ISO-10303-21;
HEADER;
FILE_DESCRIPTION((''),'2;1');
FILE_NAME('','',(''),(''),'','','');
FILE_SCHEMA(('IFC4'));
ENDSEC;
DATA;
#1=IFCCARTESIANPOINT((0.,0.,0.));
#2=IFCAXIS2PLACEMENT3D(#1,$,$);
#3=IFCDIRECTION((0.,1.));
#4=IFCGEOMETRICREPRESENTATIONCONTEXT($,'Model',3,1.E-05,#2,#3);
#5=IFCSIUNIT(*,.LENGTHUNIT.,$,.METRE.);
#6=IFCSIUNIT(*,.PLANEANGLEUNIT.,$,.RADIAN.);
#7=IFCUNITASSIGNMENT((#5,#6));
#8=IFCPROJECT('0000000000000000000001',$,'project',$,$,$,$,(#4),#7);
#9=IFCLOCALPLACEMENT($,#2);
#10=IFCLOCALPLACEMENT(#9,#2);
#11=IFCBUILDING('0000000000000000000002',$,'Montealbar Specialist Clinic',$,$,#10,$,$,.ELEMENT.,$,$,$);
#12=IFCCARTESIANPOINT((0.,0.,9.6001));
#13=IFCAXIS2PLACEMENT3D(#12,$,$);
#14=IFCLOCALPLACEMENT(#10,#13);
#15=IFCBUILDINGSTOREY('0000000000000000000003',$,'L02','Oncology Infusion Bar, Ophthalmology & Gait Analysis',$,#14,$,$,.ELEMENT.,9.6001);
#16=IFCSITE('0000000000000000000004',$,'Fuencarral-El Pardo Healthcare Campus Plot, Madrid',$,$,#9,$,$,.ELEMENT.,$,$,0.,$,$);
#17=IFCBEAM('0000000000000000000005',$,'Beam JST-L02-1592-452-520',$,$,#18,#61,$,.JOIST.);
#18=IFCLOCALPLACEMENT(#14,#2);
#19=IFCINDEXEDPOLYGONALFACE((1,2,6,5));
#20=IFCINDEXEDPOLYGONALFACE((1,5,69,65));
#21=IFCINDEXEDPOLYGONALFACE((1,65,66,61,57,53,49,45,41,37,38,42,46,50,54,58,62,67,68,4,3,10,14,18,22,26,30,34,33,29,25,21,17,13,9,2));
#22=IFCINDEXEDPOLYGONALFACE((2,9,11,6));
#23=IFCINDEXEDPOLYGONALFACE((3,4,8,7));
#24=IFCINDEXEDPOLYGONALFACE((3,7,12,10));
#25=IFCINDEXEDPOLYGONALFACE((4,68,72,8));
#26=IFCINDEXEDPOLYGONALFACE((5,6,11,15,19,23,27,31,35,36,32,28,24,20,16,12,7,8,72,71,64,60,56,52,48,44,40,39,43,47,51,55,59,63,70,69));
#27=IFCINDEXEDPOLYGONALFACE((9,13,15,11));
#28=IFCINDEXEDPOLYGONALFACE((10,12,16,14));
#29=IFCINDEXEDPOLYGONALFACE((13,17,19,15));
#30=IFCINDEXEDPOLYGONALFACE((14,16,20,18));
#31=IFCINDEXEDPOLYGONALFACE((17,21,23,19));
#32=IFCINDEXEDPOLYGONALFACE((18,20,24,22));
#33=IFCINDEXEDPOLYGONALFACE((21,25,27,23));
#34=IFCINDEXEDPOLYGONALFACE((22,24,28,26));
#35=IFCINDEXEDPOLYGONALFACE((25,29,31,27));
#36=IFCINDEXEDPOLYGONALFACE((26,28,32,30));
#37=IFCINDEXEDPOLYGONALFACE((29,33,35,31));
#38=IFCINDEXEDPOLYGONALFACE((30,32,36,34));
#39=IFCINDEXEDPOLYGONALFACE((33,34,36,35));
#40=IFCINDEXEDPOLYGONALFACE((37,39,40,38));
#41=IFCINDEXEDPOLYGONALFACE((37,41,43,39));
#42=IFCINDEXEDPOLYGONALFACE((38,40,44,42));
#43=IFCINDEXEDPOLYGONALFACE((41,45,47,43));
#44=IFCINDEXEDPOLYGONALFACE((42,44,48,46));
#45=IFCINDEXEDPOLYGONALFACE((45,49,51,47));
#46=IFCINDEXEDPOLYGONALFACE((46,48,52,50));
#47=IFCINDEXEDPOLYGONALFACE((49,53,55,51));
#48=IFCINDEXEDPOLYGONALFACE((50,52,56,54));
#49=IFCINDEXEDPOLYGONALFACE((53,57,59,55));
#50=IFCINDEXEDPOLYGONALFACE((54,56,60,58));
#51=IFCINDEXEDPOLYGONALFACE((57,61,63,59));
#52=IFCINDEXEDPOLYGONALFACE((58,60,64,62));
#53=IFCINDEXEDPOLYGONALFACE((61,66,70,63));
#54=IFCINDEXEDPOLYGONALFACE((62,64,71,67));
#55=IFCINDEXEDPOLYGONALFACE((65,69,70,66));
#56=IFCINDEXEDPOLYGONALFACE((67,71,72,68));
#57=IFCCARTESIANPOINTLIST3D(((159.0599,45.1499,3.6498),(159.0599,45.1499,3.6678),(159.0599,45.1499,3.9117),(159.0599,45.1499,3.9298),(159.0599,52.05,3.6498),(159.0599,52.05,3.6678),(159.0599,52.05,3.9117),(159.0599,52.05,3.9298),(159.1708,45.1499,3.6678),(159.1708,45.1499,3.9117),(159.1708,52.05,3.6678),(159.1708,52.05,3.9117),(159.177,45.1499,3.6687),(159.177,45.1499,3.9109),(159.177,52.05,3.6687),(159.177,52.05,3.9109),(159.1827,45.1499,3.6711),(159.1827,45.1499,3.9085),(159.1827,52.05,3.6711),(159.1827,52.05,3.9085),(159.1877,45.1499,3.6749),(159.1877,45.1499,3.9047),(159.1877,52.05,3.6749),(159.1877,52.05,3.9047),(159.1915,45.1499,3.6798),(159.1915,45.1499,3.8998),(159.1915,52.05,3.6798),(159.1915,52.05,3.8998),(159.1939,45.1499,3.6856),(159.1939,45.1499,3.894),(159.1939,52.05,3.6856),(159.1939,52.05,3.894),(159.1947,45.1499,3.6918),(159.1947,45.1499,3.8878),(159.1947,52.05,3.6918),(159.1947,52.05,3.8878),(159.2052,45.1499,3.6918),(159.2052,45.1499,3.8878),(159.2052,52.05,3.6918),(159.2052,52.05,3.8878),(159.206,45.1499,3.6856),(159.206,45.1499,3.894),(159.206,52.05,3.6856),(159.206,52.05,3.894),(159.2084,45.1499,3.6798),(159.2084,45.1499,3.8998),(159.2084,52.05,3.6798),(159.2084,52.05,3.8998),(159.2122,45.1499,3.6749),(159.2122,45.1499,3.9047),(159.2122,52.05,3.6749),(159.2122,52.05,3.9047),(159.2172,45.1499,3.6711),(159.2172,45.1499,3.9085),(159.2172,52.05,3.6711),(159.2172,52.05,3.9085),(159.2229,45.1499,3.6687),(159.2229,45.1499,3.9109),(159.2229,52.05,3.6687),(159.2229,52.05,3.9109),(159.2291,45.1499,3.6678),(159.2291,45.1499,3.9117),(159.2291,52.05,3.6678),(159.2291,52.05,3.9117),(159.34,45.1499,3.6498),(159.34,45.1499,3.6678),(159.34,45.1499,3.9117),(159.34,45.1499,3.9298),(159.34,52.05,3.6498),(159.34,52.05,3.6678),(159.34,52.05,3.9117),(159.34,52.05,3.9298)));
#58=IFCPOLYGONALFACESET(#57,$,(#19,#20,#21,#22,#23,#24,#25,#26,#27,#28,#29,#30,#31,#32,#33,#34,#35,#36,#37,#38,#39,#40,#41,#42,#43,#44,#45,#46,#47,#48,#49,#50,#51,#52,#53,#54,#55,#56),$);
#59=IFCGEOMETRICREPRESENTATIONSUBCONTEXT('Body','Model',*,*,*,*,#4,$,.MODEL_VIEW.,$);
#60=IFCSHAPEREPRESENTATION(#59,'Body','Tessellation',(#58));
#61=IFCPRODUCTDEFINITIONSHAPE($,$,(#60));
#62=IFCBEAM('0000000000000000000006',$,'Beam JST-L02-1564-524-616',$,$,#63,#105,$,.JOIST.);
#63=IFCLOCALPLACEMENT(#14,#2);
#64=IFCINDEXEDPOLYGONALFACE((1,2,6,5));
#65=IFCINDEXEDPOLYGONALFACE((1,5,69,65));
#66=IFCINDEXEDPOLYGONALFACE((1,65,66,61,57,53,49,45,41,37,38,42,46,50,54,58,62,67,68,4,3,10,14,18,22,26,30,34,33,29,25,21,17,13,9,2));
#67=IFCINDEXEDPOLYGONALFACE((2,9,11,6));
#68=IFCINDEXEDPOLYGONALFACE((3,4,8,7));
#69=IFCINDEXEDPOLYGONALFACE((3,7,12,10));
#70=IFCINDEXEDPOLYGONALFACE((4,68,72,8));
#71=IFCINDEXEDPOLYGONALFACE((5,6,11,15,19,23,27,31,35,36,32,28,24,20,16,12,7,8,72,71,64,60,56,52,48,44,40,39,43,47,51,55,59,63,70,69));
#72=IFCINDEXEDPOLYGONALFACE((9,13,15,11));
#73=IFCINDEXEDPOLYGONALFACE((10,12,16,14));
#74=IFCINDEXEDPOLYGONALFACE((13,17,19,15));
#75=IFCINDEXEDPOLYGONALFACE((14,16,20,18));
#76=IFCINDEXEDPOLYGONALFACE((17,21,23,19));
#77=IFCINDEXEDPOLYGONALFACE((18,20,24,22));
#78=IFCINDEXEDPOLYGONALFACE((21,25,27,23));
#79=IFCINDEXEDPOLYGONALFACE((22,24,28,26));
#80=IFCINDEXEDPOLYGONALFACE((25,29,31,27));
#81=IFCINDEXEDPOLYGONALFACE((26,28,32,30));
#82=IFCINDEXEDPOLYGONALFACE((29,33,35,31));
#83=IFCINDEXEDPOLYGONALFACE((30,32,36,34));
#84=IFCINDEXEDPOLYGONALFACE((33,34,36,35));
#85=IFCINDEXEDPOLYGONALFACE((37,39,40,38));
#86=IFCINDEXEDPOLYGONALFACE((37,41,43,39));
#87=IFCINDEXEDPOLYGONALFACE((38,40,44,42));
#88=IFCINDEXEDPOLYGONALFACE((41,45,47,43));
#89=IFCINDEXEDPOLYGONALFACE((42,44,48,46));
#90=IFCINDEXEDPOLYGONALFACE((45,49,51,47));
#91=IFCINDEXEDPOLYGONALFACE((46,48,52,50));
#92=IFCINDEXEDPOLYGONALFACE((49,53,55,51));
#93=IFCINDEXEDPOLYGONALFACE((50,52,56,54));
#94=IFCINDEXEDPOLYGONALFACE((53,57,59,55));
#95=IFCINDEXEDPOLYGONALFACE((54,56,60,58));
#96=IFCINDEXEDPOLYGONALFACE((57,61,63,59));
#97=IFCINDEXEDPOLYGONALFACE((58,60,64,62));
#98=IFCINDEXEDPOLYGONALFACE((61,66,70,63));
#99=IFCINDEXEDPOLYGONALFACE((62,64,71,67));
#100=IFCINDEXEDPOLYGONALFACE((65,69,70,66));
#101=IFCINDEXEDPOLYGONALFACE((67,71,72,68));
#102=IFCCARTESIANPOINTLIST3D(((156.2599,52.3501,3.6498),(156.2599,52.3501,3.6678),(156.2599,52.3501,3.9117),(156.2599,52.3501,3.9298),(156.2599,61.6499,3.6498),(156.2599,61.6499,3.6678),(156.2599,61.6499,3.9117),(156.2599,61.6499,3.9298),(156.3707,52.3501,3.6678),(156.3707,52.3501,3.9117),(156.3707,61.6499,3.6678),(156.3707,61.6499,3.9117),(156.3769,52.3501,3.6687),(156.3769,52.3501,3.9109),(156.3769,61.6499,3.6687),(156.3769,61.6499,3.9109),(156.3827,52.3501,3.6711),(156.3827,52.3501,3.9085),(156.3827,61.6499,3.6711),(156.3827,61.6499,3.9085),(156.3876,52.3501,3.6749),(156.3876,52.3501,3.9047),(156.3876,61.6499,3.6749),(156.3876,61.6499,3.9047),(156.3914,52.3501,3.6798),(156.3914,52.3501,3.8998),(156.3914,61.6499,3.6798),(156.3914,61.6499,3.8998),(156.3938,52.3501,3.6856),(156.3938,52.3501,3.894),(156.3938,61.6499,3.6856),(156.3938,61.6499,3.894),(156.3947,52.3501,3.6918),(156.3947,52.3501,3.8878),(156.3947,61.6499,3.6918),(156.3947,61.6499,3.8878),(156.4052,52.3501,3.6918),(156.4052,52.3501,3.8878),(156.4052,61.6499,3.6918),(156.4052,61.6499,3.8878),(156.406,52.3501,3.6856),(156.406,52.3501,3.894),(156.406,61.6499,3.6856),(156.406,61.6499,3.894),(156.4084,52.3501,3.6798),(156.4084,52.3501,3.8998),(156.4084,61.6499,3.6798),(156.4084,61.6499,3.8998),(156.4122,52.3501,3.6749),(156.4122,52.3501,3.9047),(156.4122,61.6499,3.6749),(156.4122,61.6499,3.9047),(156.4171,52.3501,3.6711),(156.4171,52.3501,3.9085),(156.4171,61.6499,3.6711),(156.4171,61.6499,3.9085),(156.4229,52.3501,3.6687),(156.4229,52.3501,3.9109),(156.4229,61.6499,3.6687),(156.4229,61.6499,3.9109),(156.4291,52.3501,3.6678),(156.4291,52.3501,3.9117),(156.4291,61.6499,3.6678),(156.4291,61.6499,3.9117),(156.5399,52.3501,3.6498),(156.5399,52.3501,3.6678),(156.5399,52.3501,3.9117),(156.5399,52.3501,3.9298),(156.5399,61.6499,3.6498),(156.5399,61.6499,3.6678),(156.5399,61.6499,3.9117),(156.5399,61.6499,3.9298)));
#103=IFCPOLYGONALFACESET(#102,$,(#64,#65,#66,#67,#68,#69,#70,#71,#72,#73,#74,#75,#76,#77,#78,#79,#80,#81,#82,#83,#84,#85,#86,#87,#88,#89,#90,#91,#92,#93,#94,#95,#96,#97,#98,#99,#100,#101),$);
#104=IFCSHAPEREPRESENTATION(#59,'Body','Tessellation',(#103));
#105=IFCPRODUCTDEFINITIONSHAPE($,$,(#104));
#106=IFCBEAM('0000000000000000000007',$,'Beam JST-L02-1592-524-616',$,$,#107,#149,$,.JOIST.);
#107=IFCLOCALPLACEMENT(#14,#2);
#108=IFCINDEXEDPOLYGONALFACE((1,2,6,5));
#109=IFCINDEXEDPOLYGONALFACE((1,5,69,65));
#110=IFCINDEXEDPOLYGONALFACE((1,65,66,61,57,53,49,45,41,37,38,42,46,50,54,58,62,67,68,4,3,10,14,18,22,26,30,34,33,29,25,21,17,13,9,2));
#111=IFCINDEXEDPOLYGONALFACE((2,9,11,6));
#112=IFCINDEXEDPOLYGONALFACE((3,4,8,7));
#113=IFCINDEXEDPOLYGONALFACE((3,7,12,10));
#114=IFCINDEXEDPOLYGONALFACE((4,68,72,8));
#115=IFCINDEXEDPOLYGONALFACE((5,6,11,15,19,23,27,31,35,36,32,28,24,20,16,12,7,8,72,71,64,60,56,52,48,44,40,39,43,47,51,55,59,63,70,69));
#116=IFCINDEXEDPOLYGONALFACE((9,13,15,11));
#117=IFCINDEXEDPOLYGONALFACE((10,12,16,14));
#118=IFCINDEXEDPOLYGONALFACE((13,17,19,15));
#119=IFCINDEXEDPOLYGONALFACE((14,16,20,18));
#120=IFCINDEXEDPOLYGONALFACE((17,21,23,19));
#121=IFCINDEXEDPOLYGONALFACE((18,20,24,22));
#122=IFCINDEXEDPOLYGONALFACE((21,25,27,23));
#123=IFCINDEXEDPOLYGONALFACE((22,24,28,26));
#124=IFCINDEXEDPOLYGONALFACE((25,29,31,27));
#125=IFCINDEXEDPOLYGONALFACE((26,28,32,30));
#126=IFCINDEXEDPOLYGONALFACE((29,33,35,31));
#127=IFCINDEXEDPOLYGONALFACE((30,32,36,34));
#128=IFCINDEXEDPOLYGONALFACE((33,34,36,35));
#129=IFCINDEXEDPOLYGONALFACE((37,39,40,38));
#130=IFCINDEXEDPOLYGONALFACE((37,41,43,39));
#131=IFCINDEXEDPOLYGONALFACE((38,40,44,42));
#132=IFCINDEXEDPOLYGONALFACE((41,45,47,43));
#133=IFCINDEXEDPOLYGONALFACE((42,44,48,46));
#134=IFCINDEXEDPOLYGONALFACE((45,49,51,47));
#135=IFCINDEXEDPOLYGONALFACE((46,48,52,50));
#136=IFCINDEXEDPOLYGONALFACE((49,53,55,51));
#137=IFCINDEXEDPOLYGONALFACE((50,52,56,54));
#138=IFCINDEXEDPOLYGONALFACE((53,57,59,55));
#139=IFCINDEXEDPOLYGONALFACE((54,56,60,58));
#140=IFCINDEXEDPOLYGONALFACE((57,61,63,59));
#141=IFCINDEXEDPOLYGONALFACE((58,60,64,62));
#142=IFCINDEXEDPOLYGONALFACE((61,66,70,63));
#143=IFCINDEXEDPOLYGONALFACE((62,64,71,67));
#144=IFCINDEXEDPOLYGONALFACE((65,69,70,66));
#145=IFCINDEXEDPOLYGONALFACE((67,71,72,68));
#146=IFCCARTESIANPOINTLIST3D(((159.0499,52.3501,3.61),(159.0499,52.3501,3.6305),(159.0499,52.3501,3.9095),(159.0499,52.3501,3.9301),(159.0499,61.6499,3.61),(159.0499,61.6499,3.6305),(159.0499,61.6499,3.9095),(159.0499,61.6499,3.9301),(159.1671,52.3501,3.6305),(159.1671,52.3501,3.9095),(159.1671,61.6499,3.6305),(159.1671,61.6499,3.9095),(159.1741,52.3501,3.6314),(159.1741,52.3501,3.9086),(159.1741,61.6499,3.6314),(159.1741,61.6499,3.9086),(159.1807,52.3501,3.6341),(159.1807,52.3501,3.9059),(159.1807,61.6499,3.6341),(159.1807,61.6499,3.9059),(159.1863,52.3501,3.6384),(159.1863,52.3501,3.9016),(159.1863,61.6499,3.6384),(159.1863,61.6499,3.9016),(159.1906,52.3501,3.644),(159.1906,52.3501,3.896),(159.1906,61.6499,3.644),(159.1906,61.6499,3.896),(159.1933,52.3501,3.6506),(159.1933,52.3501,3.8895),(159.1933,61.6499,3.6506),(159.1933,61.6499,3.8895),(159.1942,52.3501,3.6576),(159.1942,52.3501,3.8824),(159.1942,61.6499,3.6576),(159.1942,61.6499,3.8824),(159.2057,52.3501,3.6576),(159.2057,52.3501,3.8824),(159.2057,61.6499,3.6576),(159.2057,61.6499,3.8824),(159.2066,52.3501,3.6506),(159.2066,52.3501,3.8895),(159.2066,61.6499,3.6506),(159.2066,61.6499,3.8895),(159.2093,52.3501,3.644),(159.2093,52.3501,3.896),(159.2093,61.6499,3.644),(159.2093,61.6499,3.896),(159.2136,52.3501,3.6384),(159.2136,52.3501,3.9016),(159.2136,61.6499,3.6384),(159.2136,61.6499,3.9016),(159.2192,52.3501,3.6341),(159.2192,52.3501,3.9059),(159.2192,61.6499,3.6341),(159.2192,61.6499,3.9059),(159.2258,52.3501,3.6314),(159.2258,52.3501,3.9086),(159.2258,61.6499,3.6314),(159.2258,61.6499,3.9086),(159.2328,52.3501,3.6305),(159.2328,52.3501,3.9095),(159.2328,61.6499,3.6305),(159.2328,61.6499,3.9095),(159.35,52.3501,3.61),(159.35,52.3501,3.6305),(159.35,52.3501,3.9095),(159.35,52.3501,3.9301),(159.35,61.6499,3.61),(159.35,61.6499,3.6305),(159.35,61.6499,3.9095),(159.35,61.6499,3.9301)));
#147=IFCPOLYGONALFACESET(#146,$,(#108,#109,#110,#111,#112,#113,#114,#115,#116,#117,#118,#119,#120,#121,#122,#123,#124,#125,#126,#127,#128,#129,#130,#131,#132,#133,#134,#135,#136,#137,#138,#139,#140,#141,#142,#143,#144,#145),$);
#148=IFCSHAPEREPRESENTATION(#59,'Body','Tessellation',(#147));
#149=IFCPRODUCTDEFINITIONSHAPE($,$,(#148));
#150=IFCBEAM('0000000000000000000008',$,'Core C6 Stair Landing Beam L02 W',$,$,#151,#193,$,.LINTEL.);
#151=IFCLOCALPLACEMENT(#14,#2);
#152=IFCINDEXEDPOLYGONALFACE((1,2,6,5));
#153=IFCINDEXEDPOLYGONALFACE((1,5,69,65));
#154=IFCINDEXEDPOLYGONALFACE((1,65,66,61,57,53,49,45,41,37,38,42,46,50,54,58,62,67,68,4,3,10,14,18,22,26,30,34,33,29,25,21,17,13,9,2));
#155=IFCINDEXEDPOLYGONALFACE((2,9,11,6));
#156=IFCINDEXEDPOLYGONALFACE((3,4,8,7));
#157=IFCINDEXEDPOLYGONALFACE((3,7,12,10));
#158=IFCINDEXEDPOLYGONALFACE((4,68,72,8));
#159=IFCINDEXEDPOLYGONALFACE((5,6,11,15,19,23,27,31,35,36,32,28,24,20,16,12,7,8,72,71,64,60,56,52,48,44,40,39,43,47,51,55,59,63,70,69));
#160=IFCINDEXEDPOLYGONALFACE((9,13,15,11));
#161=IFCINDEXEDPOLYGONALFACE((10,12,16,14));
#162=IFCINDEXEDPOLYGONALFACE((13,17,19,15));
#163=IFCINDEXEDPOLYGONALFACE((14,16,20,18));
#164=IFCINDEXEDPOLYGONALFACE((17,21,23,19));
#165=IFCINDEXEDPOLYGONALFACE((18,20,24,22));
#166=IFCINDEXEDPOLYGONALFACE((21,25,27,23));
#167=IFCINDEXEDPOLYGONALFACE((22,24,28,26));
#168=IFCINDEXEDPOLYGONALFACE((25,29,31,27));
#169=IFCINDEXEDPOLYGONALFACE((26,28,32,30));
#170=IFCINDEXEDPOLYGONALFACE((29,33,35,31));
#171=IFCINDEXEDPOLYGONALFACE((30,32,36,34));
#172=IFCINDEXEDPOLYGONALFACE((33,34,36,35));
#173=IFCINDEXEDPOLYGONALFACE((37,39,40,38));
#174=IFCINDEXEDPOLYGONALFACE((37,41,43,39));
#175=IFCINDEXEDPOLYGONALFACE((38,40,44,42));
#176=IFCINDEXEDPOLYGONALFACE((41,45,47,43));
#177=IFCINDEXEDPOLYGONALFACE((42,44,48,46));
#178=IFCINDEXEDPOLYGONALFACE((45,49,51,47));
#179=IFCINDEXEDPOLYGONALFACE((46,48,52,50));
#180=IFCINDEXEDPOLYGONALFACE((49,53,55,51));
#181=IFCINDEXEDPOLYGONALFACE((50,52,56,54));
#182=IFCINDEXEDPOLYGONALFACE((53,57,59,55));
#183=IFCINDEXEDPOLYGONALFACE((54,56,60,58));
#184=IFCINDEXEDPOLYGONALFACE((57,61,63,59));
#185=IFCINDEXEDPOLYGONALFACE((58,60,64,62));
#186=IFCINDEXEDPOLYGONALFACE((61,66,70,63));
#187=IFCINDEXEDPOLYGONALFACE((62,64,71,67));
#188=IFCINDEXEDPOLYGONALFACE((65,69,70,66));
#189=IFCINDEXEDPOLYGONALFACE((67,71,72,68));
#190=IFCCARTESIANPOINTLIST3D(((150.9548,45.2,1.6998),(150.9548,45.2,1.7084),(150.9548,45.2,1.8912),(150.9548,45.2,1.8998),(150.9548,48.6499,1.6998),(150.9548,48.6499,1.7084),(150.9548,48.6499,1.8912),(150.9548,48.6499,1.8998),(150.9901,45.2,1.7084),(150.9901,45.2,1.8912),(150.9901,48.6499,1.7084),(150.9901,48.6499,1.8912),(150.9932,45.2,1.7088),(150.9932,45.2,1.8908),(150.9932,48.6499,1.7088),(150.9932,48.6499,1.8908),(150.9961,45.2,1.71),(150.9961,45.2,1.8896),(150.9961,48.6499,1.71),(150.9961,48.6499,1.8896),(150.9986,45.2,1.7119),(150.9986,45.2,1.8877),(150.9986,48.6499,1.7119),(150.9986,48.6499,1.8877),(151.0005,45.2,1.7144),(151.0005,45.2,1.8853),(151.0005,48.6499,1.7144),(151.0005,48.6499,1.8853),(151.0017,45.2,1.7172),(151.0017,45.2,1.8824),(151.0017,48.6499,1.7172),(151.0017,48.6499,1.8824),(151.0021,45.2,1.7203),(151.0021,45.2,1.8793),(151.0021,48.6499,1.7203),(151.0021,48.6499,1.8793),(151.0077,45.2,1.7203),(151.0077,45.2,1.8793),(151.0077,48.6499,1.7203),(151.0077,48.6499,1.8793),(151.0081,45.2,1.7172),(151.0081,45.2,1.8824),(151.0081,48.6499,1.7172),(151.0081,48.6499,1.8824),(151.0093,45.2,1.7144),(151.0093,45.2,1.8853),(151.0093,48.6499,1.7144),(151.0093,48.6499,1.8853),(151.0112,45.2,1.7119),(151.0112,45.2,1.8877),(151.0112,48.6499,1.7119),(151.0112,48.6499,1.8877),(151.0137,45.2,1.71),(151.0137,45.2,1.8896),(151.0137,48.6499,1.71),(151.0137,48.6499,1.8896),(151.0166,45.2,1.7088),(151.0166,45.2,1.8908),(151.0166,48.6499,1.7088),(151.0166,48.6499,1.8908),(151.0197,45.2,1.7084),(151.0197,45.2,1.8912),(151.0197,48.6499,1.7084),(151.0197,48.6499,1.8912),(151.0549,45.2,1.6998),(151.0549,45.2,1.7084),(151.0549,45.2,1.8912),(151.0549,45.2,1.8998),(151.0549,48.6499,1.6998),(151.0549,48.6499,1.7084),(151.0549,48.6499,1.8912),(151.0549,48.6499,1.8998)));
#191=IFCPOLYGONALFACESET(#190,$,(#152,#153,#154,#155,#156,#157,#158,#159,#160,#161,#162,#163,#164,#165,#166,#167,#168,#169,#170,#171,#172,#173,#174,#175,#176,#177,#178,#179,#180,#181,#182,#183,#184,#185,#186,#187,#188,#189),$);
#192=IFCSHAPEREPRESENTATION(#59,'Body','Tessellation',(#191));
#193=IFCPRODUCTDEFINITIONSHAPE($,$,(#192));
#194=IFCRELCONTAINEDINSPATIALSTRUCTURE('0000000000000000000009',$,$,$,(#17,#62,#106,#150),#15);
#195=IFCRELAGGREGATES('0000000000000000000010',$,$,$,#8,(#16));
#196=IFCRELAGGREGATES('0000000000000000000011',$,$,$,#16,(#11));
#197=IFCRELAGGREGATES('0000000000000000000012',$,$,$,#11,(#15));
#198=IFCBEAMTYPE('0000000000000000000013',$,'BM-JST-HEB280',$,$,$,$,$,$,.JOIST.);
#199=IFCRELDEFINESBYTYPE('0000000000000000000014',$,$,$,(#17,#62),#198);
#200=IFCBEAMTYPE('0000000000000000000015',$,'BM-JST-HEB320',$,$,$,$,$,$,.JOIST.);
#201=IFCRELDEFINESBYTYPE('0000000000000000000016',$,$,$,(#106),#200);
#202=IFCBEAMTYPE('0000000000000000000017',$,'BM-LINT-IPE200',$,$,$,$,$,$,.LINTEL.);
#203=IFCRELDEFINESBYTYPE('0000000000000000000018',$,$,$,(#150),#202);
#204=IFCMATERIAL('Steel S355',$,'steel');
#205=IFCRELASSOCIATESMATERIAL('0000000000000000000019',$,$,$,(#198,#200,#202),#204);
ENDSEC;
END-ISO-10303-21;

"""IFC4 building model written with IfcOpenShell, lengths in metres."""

from ifc_helpers import new_model, si_unit, direction, frame, origin, origin_2d, place, context, subcontext, project, spatial, i_section, extrude, material, material_profile, profile_set, type_object, element, save


model = new_model("IFC4")

# Units and contexts
model_context = context("Model", 3, precision=1e-05, world=origin(), true_north=direction((0.0, 1.0)))
body_context = subcontext(model_context, "Body", "Model", "MODEL_VIEW")
ifc_project = project(units=[si_unit("LENGTHUNIT", "METRE"), si_unit("PLANEANGLEUNIT", "RADIAN")], contexts=[model_context])

# Site, building, storey
site_placement = place(None, origin())
site = spatial("IfcSite", under=ifc_project, at=site_placement, Name="Fuencarral-El Pardo Healthcare Campus Plot, Madrid", CompositionType="ELEMENT", RefElevation=0.0)
building_placement = place(site_placement, origin())
building = spatial("IfcBuilding", under=site, at=building_placement, Name="Montealbar Specialist Clinic", CompositionType="ELEMENT")
storey_placement = place(building_placement, frame((0.0, 0.0, 9.6001)))
storey = spatial("IfcBuildingStorey", under=building, at=storey_placement, Name="L02", Description="Oncology Infusion Bar, Ophthalmology & Gait Analysis", CompositionType="ELEMENT", Elevation=9.6001)

# Shared definitions
ifc_material_1 = material(Name="Steel S355", Category="steel")

# Beams
ifc_material_profile_1 = material_profile(ifc_material_1, i_section(OverallWidth=0.28, OverallDepth=0.28, WebThickness=0.0105, FlangeThickness=0.0181, FilletRadius=0.0239, at=origin_2d()), Name="HEB 280", Category="steel")
ifc_profile_set_1 = profile_set([ifc_material_profile_1], Name="Steel S355")
beam_type_1 = type_object("IfcBeamType", Name="BM-JST-HEB280", PredefinedType="JOIST", material=ifc_profile_set_1)
beam_1_placement = place(storey_placement, frame((159.2, 45.1499, 3.7898), z_axis=(0.0, 1.0, 0.0), x_axis=(-1.0, 0.0, 0.0)))
element("IfcBeam", 1, at=beam_1_placement, inside=storey, type_object=beam_type_1, Name="Beam JST-L02-1592-452-520", PredefinedType="JOIST", context=body_context, shape_type="SweptSolid", body=[
    extrude(i_section(OverallWidth=0.28, OverallDepth=0.28, WebThickness=0.0105, FlangeThickness=0.0181, FilletRadius=0.0239, at=origin_2d()), origin(), (0.0, 0.0, 1.0), 6.9001),
])
beam_2_placement = place(storey_placement, frame((156.3999, 52.3501, 3.7898), z_axis=(0.0, 1.0, 0.0), x_axis=(-1.0, 0.0, 0.0)))
element("IfcBeam", 2, at=beam_2_placement, inside=storey, type_object=beam_type_1, Name="Beam JST-L02-1564-524-616", PredefinedType="JOIST", context=body_context, shape_type="SweptSolid", body=[
    extrude(i_section(OverallWidth=0.28, OverallDepth=0.28, WebThickness=0.0105, FlangeThickness=0.0181, FilletRadius=0.0239, at=origin_2d()), origin(), (0.0, 0.0, 1.0), 9.2998),
])
ifc_material_profile_2 = material_profile(ifc_material_1, i_section(OverallWidth=0.3, OverallDepth=0.3201, WebThickness=0.0115, FlangeThickness=0.0205, FilletRadius=0.0271, at=origin_2d()), Name="HEB 320", Category="steel")
ifc_profile_set_2 = profile_set([ifc_material_profile_2], Name="Steel S355")
beam_type_2 = type_object("IfcBeamType", Name="BM-JST-HEB320", PredefinedType="JOIST", material=ifc_profile_set_2)
beam_3_placement = place(storey_placement, frame((159.2, 52.3501, 3.77), z_axis=(0.0, 1.0, 0.0), x_axis=(-1.0, 0.0, 0.0)))
element("IfcBeam", 3, at=beam_3_placement, inside=storey, type_object=beam_type_2, Name="Beam JST-L02-1592-524-616", PredefinedType="JOIST", context=body_context, shape_type="SweptSolid", body=[
    extrude(i_section(OverallWidth=0.3, OverallDepth=0.3201, WebThickness=0.0115, FlangeThickness=0.0205, FilletRadius=0.0271, at=origin_2d()), origin(), (0.0, 0.0, 1.0), 9.2998),
])
ifc_material_profile_3 = material_profile(ifc_material_1, i_section(OverallWidth=0.1001, OverallDepth=0.2, WebThickness=0.0056, FlangeThickness=0.0085, FilletRadius=0.012, at=origin_2d()), Name="IPE 200", Category="steel")
ifc_profile_set_3 = profile_set([ifc_material_profile_3], Name="Steel S355")
beam_type_3 = type_object("IfcBeamType", Name="BM-LINT-IPE200", PredefinedType="LINTEL", material=ifc_profile_set_3)
for number, where, z_axis, x_axis, name in (
    (4, (151.0049, 45.2, 1.7998), (0.0, 1.0, 0.0), (-1.0, 0.0, 0.0), "Core C6 Stair Landing Beam L02 W"),
):
    element("IfcBeam", number, at=place(storey_placement, frame(where, z_axis=z_axis, x_axis=x_axis)), inside=storey, type_object=beam_type_3, Name=name, PredefinedType="LINTEL", context=body_context, shape_type="SweptSolid", body=[
        extrude(i_section(OverallWidth=0.1001, OverallDepth=0.2, WebThickness=0.0056, FlangeThickness=0.0085, FilletRadius=0.012, at=origin_2d()), origin(), (0.0, 0.0, 1.0), 3.45),
    ])

save(model, "model.ifc")
